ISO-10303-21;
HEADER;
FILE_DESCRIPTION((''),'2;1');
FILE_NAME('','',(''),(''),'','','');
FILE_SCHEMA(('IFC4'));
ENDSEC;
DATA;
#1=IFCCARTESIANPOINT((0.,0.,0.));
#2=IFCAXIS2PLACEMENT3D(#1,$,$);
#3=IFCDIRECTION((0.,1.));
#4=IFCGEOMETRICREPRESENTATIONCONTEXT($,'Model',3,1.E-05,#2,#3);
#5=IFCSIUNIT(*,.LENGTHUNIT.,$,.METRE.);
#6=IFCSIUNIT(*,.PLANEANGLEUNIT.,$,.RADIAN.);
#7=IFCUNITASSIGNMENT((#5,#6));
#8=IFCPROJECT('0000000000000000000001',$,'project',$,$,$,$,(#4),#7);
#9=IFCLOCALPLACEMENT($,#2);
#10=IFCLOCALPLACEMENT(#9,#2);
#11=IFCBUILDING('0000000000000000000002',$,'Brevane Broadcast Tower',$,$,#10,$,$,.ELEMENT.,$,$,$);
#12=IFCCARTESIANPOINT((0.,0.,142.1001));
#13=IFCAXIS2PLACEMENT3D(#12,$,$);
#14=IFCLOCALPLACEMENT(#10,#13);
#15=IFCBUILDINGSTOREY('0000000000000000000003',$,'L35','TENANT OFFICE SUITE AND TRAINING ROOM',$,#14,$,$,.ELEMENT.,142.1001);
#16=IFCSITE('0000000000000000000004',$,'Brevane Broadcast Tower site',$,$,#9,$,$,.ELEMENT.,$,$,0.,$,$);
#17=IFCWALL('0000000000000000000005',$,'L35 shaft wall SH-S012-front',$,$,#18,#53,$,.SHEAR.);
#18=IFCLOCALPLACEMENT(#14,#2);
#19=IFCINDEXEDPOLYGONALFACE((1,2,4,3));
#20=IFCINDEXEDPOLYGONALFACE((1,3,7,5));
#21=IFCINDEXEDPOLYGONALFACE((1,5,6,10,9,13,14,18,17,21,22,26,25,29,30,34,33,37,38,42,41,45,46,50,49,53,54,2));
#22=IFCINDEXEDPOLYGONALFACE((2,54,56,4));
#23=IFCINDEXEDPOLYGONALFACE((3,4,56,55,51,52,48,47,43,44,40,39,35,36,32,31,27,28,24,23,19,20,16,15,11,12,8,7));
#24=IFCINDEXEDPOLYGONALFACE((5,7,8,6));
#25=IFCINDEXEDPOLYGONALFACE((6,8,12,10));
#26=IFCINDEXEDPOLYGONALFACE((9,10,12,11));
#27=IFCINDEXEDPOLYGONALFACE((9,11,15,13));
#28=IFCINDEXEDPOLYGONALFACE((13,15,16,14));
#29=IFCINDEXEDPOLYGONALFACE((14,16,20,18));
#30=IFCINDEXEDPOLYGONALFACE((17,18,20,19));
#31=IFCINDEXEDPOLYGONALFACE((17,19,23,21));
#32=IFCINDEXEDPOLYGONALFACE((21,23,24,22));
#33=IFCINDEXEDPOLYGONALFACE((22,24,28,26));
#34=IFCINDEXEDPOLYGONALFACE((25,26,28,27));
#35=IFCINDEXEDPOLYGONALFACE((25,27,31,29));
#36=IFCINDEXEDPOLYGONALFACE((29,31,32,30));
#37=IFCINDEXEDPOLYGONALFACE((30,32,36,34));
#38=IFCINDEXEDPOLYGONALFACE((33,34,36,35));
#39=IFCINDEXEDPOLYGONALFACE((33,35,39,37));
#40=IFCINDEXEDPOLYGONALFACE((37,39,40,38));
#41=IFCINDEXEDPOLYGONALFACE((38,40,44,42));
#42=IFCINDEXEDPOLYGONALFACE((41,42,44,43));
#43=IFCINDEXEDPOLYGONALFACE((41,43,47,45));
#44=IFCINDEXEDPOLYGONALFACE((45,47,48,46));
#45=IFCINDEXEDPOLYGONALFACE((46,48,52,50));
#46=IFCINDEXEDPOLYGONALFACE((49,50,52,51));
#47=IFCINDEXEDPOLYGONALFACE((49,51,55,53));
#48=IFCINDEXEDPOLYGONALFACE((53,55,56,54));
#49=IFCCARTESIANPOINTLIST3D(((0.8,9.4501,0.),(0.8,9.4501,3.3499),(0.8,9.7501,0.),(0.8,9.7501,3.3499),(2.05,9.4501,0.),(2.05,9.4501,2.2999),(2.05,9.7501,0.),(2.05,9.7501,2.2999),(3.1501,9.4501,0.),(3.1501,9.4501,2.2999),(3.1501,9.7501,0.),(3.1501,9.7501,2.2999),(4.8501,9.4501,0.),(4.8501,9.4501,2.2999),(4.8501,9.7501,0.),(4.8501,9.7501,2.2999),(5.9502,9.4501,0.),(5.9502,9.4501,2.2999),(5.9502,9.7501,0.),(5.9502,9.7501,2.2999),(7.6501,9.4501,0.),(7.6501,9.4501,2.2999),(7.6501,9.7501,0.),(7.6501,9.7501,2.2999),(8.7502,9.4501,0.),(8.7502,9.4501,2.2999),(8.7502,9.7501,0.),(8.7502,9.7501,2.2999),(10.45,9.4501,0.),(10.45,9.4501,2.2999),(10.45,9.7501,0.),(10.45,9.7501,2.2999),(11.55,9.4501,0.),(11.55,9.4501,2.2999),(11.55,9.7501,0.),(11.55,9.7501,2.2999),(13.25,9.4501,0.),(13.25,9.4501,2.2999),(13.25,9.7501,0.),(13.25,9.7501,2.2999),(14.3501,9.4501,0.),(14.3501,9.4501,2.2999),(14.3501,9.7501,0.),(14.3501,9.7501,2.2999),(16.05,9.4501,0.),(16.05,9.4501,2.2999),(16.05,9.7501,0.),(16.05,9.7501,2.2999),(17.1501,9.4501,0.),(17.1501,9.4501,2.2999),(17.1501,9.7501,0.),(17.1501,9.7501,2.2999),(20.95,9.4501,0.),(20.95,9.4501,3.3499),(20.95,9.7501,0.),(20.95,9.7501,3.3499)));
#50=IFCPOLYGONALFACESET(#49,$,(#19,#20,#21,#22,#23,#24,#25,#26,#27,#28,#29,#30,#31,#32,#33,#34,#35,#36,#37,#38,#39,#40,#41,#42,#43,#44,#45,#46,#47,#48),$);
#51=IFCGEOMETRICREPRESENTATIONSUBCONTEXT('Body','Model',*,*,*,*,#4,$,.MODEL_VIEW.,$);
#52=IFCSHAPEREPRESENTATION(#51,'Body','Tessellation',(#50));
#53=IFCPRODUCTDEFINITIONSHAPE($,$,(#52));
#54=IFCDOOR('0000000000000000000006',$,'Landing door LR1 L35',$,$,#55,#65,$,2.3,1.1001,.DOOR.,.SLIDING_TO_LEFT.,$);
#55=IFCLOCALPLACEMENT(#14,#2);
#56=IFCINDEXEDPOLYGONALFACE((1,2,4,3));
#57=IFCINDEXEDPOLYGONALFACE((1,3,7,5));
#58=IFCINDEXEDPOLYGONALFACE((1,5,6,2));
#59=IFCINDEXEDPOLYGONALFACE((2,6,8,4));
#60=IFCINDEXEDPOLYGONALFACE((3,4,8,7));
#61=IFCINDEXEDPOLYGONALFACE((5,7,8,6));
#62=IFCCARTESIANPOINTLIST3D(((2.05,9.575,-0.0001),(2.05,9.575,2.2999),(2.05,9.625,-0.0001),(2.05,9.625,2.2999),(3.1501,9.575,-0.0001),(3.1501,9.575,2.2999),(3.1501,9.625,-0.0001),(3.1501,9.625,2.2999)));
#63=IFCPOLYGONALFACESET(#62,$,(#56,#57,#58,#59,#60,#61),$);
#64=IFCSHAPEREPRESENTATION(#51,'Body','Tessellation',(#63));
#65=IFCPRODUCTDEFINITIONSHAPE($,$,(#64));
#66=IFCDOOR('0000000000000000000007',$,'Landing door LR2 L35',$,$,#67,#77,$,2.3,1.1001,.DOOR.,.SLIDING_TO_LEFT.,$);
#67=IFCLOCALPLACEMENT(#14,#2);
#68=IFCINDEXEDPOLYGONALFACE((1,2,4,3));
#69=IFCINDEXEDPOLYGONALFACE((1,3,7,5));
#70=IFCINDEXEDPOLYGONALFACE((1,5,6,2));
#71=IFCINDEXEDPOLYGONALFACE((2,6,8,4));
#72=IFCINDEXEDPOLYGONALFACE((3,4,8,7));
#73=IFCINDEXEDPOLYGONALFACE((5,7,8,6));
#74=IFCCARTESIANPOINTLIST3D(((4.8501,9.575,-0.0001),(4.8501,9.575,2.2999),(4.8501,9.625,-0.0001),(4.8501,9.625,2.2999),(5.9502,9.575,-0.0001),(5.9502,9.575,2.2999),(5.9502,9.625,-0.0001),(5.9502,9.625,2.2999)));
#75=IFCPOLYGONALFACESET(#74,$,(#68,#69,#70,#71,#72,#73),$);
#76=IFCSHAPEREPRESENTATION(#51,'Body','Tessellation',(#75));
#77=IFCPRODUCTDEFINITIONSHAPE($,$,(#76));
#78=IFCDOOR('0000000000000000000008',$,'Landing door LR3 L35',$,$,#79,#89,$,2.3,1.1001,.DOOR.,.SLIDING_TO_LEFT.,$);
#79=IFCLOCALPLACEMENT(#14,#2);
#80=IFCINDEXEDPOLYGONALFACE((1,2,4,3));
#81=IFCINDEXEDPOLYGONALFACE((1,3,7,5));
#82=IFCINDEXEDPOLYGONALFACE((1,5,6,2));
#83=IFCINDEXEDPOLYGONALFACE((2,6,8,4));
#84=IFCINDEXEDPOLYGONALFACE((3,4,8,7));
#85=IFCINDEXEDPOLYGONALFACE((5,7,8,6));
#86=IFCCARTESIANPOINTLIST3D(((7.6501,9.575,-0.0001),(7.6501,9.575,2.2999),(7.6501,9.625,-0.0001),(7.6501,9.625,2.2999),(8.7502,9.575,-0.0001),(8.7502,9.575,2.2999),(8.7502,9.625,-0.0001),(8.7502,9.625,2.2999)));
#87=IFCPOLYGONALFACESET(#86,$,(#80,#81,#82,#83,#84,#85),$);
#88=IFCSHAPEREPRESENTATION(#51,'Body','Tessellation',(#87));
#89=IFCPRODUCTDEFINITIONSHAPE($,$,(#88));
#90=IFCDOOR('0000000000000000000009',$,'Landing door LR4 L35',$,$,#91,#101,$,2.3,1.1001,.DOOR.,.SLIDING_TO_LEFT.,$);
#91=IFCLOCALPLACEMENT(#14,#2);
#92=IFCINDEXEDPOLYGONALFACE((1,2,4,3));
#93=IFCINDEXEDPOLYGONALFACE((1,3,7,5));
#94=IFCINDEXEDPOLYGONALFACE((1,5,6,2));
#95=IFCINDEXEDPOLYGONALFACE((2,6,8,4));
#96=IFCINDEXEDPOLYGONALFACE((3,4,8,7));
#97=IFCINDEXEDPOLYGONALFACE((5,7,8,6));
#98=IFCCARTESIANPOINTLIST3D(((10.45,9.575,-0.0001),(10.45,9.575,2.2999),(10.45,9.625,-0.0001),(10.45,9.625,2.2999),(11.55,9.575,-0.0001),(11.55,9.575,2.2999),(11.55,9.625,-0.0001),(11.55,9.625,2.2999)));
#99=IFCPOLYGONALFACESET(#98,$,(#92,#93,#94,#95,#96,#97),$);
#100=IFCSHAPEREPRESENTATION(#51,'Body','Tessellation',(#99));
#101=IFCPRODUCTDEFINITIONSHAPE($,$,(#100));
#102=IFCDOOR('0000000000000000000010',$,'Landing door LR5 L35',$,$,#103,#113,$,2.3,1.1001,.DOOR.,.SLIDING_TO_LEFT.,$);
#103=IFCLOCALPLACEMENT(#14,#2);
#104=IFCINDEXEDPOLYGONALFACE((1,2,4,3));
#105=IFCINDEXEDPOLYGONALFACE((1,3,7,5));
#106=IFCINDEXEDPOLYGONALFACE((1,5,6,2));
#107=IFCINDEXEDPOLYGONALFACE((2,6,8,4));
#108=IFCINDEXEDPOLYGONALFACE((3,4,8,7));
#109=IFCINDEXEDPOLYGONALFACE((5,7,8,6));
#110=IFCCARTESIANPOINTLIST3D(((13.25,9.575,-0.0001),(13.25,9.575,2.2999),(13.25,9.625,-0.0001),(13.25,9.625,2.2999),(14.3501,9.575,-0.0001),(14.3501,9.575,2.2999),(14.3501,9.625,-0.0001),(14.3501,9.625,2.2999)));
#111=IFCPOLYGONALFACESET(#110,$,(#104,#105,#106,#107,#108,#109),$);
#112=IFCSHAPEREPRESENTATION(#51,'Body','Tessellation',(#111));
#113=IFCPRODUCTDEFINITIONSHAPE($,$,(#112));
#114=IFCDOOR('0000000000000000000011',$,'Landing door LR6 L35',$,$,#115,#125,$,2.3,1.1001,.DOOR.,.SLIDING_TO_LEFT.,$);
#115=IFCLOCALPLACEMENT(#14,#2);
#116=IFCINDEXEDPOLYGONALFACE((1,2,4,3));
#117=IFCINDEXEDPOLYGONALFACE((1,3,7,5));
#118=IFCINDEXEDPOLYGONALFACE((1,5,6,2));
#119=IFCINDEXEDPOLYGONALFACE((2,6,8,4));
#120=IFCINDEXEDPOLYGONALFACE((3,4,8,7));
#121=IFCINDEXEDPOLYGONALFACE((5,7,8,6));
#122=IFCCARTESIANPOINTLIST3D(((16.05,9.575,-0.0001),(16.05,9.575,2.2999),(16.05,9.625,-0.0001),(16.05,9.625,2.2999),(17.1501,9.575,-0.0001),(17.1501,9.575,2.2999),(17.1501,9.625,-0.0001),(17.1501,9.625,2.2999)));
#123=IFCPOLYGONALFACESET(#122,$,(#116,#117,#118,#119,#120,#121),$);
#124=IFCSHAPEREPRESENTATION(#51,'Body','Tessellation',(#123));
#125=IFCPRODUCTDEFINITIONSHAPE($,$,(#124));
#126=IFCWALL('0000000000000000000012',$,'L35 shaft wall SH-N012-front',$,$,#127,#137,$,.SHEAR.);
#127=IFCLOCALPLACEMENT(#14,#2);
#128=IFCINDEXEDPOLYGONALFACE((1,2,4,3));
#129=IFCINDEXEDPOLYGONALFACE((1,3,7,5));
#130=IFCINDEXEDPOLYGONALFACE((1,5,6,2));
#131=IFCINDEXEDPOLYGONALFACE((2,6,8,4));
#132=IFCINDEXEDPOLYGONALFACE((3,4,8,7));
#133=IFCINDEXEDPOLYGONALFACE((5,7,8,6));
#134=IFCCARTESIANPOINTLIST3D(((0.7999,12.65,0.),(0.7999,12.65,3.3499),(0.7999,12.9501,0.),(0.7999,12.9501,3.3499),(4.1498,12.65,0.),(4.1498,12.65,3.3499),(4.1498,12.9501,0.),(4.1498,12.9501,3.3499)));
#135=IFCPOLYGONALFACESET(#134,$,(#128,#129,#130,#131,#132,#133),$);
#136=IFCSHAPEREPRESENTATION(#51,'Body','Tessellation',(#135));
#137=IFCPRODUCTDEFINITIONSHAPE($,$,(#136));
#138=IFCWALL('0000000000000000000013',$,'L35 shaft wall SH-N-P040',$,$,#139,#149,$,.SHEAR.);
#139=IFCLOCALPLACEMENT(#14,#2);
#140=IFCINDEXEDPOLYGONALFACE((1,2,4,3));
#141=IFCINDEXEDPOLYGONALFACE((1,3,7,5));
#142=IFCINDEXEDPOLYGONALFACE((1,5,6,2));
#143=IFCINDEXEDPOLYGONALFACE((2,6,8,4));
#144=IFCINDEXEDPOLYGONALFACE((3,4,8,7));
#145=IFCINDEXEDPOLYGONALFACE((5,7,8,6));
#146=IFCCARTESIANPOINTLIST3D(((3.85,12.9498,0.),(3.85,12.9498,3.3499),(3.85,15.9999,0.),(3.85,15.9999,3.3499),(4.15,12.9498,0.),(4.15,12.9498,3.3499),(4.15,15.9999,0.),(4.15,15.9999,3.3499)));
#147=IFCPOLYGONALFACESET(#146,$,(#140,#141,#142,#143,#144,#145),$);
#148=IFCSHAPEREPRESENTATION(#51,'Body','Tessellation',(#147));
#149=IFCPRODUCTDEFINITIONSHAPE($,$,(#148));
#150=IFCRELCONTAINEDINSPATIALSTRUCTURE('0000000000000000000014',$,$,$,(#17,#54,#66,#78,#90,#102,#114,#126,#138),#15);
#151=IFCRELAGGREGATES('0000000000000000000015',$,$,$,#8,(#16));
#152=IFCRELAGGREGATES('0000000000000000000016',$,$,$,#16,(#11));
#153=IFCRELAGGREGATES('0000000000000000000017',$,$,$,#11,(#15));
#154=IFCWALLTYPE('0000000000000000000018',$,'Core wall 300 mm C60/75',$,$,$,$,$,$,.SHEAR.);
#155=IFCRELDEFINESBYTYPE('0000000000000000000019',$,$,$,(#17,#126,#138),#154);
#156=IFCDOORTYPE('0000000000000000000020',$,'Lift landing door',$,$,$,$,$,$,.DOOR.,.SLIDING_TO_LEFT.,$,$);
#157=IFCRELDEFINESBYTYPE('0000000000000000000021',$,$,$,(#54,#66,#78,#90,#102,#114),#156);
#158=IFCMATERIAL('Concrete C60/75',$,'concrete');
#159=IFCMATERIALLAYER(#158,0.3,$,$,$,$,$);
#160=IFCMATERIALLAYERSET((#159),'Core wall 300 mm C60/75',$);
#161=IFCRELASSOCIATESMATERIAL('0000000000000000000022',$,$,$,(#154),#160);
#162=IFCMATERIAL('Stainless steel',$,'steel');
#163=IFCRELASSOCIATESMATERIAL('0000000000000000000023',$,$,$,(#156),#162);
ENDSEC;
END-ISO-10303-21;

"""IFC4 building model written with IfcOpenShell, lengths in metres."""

from ifc_helpers import new_model, si_unit, direction, frame, frame_2d, origin, place, context, subcontext, project, spatial, rectangle, extrude, material, layer, layer_set, type_object, element, fill, save


model = new_model("IFC4")

# Units and contexts
model_context = context("Model", 3, precision=1e-05, world=origin(), true_north=direction((0.0, 1.0)))
body_context = subcontext(model_context, "Body", "Model", "MODEL_VIEW")
ifc_project = project(units=[si_unit("LENGTHUNIT", "METRE"), si_unit("PLANEANGLEUNIT", "RADIAN")], contexts=[model_context])

# Site, building, storey
site_placement = place(None, origin())
site = spatial("IfcSite", under=ifc_project, at=site_placement, Name="Brevane Broadcast Tower site", CompositionType="ELEMENT", RefElevation=0.0)
building_placement = place(site_placement, origin())
building = spatial("IfcBuilding", under=site, at=building_placement, Name="Brevane Broadcast Tower", CompositionType="ELEMENT")
storey_placement = place(building_placement, frame((0.0, 0.0, 142.1001)))
storey = spatial("IfcBuildingStorey", under=building, at=storey_placement, Name="L35", Description="TENANT OFFICE SUITE AND TRAINING ROOM", CompositionType="ELEMENT", Elevation=142.1001)

# Wall, openings, doors
ifc_material_1 = material(Name="Concrete C60/75", Category="concrete")
ifc_layer_1 = layer(ifc_material_1, 0.3)
ifc_layer_set_1 = layer_set([ifc_layer_1], Name="Core wall 300 mm C60/75")
wall_type_1 = type_object("IfcWallType", Name="Core wall 300 mm C60/75", PredefinedType="SHEAR", material=ifc_layer_set_1)
wall_1_placement = place(storey_placement, frame((0.8, 9.6001, 0.0), z_axis=(0.0, 0.0, 1.0), x_axis=(1.0, 0.0, 0.0)))
wall_1 = element("IfcWall", 1, at=wall_1_placement, inside=storey, type_object=wall_type_1, Name="L35 shaft wall SH-S012-front", PredefinedType="SHEAR", context=body_context, shape_type="SweptSolid", body=[
    extrude(rectangle(XDim=20.1499, YDim=0.3, at=frame_2d((10.075, 0.0))), origin(), (0.0, 0.0, 1.0), 3.3499),
])
opening_1_placement = place(wall_1_placement, frame((1.25, 0.0, 0.0)))
opening_1 = element("IfcOpeningElement", 2, at=opening_1_placement, cuts=wall_1, PredefinedType="OPENING", context=body_context, shape_type="SweptSolid", body=[
    extrude(rectangle(XDim=1.1001, YDim=2.3, at=frame_2d((0.55, 1.1499))), frame((0.0, 0.1599, 0.0), z_axis=(0.0, -1.0, 0.0), x_axis=(1.0, 0.0, 0.0)), (0.0, 0.0, 1.0), 0.3201),
])
opening_2_placement = place(wall_1_placement, frame((4.05, 0.0, 0.0)))
opening_2 = element("IfcOpeningElement", 3, at=opening_2_placement, cuts=wall_1, PredefinedType="OPENING", context=body_context, shape_type="SweptSolid", body=[
    extrude(rectangle(XDim=1.1001, YDim=2.3, at=frame_2d((0.55, 1.1499))), frame((0.0, 0.1599, 0.0), z_axis=(0.0, -1.0, 0.0), x_axis=(1.0, 0.0, 0.0)), (0.0, 0.0, 1.0), 0.3201),
])
opening_3_placement = place(wall_1_placement, frame((6.8501, 0.0, 0.0)))
opening_3 = element("IfcOpeningElement", 4, at=opening_3_placement, cuts=wall_1, PredefinedType="OPENING", context=body_context, shape_type="SweptSolid", body=[
    extrude(rectangle(XDim=1.1001, YDim=2.3, at=frame_2d((0.55, 1.1499))), frame((0.0, 0.1599, 0.0), z_axis=(0.0, -1.0, 0.0), x_axis=(1.0, 0.0, 0.0)), (0.0, 0.0, 1.0), 0.3201),
])
opening_4_placement = place(wall_1_placement, frame((9.6499, 0.0, 0.0)))
opening_4 = element("IfcOpeningElement", 5, at=opening_4_placement, cuts=wall_1, PredefinedType="OPENING", context=body_context, shape_type="SweptSolid", body=[
    extrude(rectangle(XDim=1.1001, YDim=2.3, at=frame_2d((0.55, 1.1499))), frame((0.0, 0.1599, 0.0), z_axis=(0.0, -1.0, 0.0), x_axis=(1.0, 0.0, 0.0)), (0.0, 0.0, 1.0), 0.3201),
])
opening_5_placement = place(wall_1_placement, frame((12.45, 0.0, 0.0)))
opening_5 = element("IfcOpeningElement", 6, at=opening_5_placement, cuts=wall_1, PredefinedType="OPENING", context=body_context, shape_type="SweptSolid", body=[
    extrude(rectangle(XDim=1.1001, YDim=2.3, at=frame_2d((0.55, 1.1499))), frame((0.0, 0.1599, 0.0), z_axis=(0.0, -1.0, 0.0), x_axis=(1.0, 0.0, 0.0)), (0.0, 0.0, 1.0), 0.3201),
])
opening_6_placement = place(wall_1_placement, frame((15.25, 0.0, 0.0)))
opening_6 = element("IfcOpeningElement", 7, at=opening_6_placement, cuts=wall_1, PredefinedType="OPENING", context=body_context, shape_type="SweptSolid", body=[
    extrude(rectangle(XDim=1.1001, YDim=2.3, at=frame_2d((0.55, 1.1499))), frame((0.0, 0.1599, 0.0), z_axis=(0.0, -1.0, 0.0), x_axis=(1.0, 0.0, 0.0)), (0.0, 0.0, 1.0), 0.3201),
])
ifc_material_2 = material(Name="Stainless steel", Category="steel")
door_type_1 = type_object("IfcDoorType", Name="Lift landing door", OperationType="SLIDING_TO_LEFT", PredefinedType="DOOR", material=ifc_material_2)
door_1_placement = place(opening_1_placement, origin())
door_1 = element("IfcDoor", 8, at=door_1_placement, inside=storey, type_object=door_type_1, Name="Landing door LR1 L35", OperationType="SLIDING_TO_LEFT", OverallHeight=2.3, OverallWidth=1.1001, PredefinedType="DOOR", context=body_context, shape_type="SweptSolid", body=[
    extrude(rectangle(XDim=1.1001, YDim=2.3, at=frame_2d((0.55, 1.1499))), frame((0.0, 0.0249, 0.0), z_axis=(0.0, -1.0, 0.0), x_axis=(1.0, 0.0, 0.0)), (0.0, 0.0, 1.0), 0.05),
])
fill(opening_1, door_1)
door_2_placement = place(opening_2_placement, origin())
door_2 = element("IfcDoor", 9, at=door_2_placement, inside=storey, type_object=door_type_1, Name="Landing door LR2 L35", OperationType="SLIDING_TO_LEFT", OverallHeight=2.3, OverallWidth=1.1001, PredefinedType="DOOR", context=body_context, shape_type="SweptSolid", body=[
    extrude(rectangle(XDim=1.1001, YDim=2.3, at=frame_2d((0.55, 1.1499))), frame((0.0, 0.0249, 0.0), z_axis=(0.0, -1.0, 0.0), x_axis=(1.0, 0.0, 0.0)), (0.0, 0.0, 1.0), 0.05),
])
fill(opening_2, door_2)
door_3_placement = place(opening_3_placement, origin())
door_3 = element("IfcDoor", 10, at=door_3_placement, inside=storey, type_object=door_type_1, Name="Landing door LR3 L35", OperationType="SLIDING_TO_LEFT", OverallHeight=2.3, OverallWidth=1.1001, PredefinedType="DOOR", context=body_context, shape_type="SweptSolid", body=[
    extrude(rectangle(XDim=1.1001, YDim=2.3, at=frame_2d((0.55, 1.1499))), frame((0.0, 0.0249, 0.0), z_axis=(0.0, -1.0, 0.0), x_axis=(1.0, 0.0, 0.0)), (0.0, 0.0, 1.0), 0.05),
])
fill(opening_3, door_3)
door_4_placement = place(opening_4_placement, origin())
door_4 = element("IfcDoor", 11, at=door_4_placement, inside=storey, type_object=door_type_1, Name="Landing door LR4 L35", OperationType="SLIDING_TO_LEFT", OverallHeight=2.3, OverallWidth=1.1001, PredefinedType="DOOR", context=body_context, shape_type="SweptSolid", body=[
    extrude(rectangle(XDim=1.1001, YDim=2.3, at=frame_2d((0.55, 1.1499))), frame((0.0, 0.0249, 0.0), z_axis=(0.0, -1.0, 0.0), x_axis=(1.0, 0.0, 0.0)), (0.0, 0.0, 1.0), 0.05),
])
fill(opening_4, door_4)
door_5_placement = place(opening_5_placement, origin())
door_5 = element("IfcDoor", 12, at=door_5_placement, inside=storey, type_object=door_type_1, Name="Landing door LR5 L35", OperationType="SLIDING_TO_LEFT", OverallHeight=2.3, OverallWidth=1.1001, PredefinedType="DOOR", context=body_context, shape_type="SweptSolid", body=[
    extrude(rectangle(XDim=1.1001, YDim=2.3, at=frame_2d((0.55, 1.1499))), frame((0.0, 0.0249, 0.0), z_axis=(0.0, -1.0, 0.0), x_axis=(1.0, 0.0, 0.0)), (0.0, 0.0, 1.0), 0.05),
])
fill(opening_5, door_5)
door_6_placement = place(opening_6_placement, origin())
door_6 = element("IfcDoor", 13, at=door_6_placement, inside=storey, type_object=door_type_1, Name="Landing door LR6 L35", OperationType="SLIDING_TO_LEFT", OverallHeight=2.3, OverallWidth=1.1001, PredefinedType="DOOR", context=body_context, shape_type="SweptSolid", body=[
    extrude(rectangle(XDim=1.1001, YDim=2.3, at=frame_2d((0.55, 1.1499))), frame((0.0, 0.0249, 0.0), z_axis=(0.0, -1.0, 0.0), x_axis=(1.0, 0.0, 0.0)), (0.0, 0.0, 1.0), 0.05),
])
fill(opening_6, door_6)

# Walls
wall_2_placement = place(storey_placement, frame((0.8, 12.8, 0.0), z_axis=(0.0, 0.0, 1.0), x_axis=(1.0, 0.0, 0.0)))
element("IfcWall", 14, at=wall_2_placement, inside=storey, type_object=wall_type_1, Name="L35 shaft wall SH-N012-front", PredefinedType="SHEAR", context=body_context, shape_type="SweptSolid", body=[
    extrude(rectangle(XDim=3.3499, YDim=0.3, at=frame_2d((1.6748, 0.0))), origin(), (0.0, 0.0, 1.0), 3.3499),
])
wall_3_placement = place(storey_placement, frame((4.0, 12.95, 0.0), z_axis=(0.0, 0.0, 1.0), x_axis=(0.0, 1.0, 0.0)))
element("IfcWall", 15, at=wall_3_placement, inside=storey, type_object=wall_type_1, Name="L35 shaft wall SH-N-P040", PredefinedType="SHEAR", context=body_context, shape_type="SweptSolid", body=[
    extrude(rectangle(XDim=3.05, YDim=0.3, at=frame_2d((1.5249, 0.0))), origin(), (0.0, 0.0, 1.0), 3.3499),
])

save(model, "model.ifc")
